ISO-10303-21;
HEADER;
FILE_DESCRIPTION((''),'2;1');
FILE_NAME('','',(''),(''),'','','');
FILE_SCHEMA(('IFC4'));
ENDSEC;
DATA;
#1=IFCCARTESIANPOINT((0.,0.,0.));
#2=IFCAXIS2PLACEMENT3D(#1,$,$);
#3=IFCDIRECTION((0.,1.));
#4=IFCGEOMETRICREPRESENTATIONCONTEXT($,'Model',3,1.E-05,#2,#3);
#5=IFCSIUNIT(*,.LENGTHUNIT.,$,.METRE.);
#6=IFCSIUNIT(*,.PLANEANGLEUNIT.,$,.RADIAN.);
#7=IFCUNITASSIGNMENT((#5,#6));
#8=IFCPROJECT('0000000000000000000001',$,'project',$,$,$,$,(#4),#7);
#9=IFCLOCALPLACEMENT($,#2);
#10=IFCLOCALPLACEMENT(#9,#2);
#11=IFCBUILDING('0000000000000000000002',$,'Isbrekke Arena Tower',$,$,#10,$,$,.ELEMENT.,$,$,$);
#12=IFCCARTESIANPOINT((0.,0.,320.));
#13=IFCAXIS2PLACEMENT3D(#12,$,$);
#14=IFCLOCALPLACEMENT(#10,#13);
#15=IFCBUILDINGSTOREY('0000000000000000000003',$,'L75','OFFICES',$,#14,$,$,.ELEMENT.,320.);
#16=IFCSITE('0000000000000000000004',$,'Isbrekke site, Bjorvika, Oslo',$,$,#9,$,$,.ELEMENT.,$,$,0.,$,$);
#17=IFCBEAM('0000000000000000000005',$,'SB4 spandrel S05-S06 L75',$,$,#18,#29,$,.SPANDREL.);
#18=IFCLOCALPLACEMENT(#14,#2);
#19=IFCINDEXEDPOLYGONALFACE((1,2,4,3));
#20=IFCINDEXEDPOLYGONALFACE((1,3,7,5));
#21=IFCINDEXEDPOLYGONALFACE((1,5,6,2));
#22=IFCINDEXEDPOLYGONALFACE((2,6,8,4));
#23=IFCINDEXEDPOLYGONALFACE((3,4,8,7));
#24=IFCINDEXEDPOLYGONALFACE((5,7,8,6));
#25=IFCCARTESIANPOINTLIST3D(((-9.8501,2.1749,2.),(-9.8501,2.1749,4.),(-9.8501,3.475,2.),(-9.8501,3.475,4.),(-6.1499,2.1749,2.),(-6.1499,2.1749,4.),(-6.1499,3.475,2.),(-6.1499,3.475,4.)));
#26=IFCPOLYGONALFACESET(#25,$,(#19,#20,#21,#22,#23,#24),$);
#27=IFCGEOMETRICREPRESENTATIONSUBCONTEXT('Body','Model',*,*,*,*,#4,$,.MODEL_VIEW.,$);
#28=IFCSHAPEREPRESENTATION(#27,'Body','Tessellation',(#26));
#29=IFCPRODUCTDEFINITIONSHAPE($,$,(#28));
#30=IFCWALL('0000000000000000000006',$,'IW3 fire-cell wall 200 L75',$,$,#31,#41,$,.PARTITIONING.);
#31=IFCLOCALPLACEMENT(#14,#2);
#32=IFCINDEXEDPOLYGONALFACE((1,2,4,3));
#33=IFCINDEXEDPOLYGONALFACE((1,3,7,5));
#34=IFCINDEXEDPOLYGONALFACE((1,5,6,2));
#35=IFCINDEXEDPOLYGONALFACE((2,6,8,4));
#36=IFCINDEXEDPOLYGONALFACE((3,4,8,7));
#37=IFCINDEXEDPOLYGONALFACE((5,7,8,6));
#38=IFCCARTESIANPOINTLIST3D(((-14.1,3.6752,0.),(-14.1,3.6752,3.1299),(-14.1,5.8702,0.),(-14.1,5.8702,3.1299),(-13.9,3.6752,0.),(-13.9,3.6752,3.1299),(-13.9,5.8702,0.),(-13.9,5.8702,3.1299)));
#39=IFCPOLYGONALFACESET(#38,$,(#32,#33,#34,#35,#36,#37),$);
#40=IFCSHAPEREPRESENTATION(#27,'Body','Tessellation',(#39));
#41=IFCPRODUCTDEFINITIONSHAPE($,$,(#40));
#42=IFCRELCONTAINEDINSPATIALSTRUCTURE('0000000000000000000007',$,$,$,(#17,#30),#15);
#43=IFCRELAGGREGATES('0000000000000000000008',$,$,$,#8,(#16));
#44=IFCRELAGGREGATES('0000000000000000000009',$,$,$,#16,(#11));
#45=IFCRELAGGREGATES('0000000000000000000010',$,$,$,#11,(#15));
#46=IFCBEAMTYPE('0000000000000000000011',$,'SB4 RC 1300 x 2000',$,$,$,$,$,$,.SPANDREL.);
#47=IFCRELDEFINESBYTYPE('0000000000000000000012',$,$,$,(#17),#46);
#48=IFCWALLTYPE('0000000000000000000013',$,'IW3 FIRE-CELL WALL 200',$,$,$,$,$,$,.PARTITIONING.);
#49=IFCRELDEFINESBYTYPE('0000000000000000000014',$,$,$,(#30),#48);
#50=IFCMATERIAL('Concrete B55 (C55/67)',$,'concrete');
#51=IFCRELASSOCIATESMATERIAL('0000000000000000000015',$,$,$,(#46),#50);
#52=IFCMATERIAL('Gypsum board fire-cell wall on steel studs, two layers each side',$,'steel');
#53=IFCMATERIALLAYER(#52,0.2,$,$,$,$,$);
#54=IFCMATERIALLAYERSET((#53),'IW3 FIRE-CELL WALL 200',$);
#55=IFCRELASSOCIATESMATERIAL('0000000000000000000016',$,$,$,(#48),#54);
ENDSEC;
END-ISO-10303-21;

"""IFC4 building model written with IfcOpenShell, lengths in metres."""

from ifc_helpers import new_model, si_unit, direction, frame, frame_2d, origin, origin_2d, place, context, subcontext, project, spatial, rectangle, extrude, material, layer, layer_set, material_profile, profile_set, type_object, element, save


model = new_model("IFC4")

# Units and contexts
model_context = context("Model", 3, precision=1e-05, world=origin(), true_north=direction((0.0, 1.0)))
body_context = subcontext(model_context, "Body", "Model", "MODEL_VIEW")
ifc_project = project(units=[si_unit("LENGTHUNIT", "METRE"), si_unit("PLANEANGLEUNIT", "RADIAN")], contexts=[model_context])

# Site, building, storey
site_placement = place(None, origin())
site = spatial("IfcSite", under=ifc_project, at=site_placement, Name="Isbrekke site, Bjorvika, Oslo", CompositionType="ELEMENT", RefElevation=0.0)
building_placement = place(site_placement, origin())
building = spatial("IfcBuilding", under=site, at=building_placement, Name="Isbrekke Arena Tower", CompositionType="ELEMENT")
storey_placement = place(building_placement, frame((0.0, 0.0, 320.0)))
storey = spatial("IfcBuildingStorey", under=building, at=storey_placement, Name="L75", Description="OFFICES", CompositionType="ELEMENT", Elevation=320.0)

# Beam
ifc_material_1 = material(Name="Concrete B55 (C55/67)", Category="concrete")
ifc_material_profile_1 = material_profile(ifc_material_1, rectangle(XDim=1.3, YDim=2.0, at=origin_2d()), Name="RC 1300x2000")
ifc_profile_set_1 = profile_set([ifc_material_profile_1], Name="Concrete B55 (C55/67)")
beam_type_1 = type_object("IfcBeamType", Name="SB4 RC 1300 x 2000", PredefinedType="SPANDREL", material=ifc_profile_set_1)
for number, where, z_axis, x_axis, name in (
    (1, (-9.8501, 2.825, 3.0), (1.0, 0.0, 0.0), (0.0, 1.0, 0.0), "SB4 spandrel S05-S06 L75"),
):
    element("IfcBeam", number, at=place(storey_placement, frame(where, z_axis=z_axis, x_axis=x_axis)), inside=storey, type_object=beam_type_1, Name=name, PredefinedType="SPANDREL", context=body_context, shape_type="SweptSolid", body=[
        extrude(rectangle(XDim=1.3, YDim=2.0, at=origin_2d()), origin(), (0.0, 0.0, 1.0), 3.7002),
    ])

# Wall
ifc_material_2 = material(Name="Gypsum board fire-cell wall on steel studs, two layers each side", Category="steel")
ifc_layer = layer(ifc_material_2, 0.2)
ifc_layer_set = layer_set([ifc_layer], Name="IW3 FIRE-CELL WALL 200")
wall_type = type_object("IfcWallType", Name="IW3 FIRE-CELL WALL 200", PredefinedType="PARTITIONING", material=ifc_layer_set)
wall_placement = place(storey_placement, frame((-14.0, 3.675, 0.0), z_axis=(0.0, 0.0, 1.0), x_axis=(0.0, 1.0, 0.0)))
element("IfcWall", 2, at=wall_placement, inside=storey, type_object=wall_type, Name="IW3 fire-cell wall 200 L75", PredefinedType="PARTITIONING", context=body_context, shape_type="SweptSolid", body=[
    extrude(rectangle(XDim=2.1951, YDim=0.2, at=frame_2d((1.0977, 0.0))), origin(), (0.0, 0.0, 1.0), 3.1299),
])

save(model, "model.ifc")
